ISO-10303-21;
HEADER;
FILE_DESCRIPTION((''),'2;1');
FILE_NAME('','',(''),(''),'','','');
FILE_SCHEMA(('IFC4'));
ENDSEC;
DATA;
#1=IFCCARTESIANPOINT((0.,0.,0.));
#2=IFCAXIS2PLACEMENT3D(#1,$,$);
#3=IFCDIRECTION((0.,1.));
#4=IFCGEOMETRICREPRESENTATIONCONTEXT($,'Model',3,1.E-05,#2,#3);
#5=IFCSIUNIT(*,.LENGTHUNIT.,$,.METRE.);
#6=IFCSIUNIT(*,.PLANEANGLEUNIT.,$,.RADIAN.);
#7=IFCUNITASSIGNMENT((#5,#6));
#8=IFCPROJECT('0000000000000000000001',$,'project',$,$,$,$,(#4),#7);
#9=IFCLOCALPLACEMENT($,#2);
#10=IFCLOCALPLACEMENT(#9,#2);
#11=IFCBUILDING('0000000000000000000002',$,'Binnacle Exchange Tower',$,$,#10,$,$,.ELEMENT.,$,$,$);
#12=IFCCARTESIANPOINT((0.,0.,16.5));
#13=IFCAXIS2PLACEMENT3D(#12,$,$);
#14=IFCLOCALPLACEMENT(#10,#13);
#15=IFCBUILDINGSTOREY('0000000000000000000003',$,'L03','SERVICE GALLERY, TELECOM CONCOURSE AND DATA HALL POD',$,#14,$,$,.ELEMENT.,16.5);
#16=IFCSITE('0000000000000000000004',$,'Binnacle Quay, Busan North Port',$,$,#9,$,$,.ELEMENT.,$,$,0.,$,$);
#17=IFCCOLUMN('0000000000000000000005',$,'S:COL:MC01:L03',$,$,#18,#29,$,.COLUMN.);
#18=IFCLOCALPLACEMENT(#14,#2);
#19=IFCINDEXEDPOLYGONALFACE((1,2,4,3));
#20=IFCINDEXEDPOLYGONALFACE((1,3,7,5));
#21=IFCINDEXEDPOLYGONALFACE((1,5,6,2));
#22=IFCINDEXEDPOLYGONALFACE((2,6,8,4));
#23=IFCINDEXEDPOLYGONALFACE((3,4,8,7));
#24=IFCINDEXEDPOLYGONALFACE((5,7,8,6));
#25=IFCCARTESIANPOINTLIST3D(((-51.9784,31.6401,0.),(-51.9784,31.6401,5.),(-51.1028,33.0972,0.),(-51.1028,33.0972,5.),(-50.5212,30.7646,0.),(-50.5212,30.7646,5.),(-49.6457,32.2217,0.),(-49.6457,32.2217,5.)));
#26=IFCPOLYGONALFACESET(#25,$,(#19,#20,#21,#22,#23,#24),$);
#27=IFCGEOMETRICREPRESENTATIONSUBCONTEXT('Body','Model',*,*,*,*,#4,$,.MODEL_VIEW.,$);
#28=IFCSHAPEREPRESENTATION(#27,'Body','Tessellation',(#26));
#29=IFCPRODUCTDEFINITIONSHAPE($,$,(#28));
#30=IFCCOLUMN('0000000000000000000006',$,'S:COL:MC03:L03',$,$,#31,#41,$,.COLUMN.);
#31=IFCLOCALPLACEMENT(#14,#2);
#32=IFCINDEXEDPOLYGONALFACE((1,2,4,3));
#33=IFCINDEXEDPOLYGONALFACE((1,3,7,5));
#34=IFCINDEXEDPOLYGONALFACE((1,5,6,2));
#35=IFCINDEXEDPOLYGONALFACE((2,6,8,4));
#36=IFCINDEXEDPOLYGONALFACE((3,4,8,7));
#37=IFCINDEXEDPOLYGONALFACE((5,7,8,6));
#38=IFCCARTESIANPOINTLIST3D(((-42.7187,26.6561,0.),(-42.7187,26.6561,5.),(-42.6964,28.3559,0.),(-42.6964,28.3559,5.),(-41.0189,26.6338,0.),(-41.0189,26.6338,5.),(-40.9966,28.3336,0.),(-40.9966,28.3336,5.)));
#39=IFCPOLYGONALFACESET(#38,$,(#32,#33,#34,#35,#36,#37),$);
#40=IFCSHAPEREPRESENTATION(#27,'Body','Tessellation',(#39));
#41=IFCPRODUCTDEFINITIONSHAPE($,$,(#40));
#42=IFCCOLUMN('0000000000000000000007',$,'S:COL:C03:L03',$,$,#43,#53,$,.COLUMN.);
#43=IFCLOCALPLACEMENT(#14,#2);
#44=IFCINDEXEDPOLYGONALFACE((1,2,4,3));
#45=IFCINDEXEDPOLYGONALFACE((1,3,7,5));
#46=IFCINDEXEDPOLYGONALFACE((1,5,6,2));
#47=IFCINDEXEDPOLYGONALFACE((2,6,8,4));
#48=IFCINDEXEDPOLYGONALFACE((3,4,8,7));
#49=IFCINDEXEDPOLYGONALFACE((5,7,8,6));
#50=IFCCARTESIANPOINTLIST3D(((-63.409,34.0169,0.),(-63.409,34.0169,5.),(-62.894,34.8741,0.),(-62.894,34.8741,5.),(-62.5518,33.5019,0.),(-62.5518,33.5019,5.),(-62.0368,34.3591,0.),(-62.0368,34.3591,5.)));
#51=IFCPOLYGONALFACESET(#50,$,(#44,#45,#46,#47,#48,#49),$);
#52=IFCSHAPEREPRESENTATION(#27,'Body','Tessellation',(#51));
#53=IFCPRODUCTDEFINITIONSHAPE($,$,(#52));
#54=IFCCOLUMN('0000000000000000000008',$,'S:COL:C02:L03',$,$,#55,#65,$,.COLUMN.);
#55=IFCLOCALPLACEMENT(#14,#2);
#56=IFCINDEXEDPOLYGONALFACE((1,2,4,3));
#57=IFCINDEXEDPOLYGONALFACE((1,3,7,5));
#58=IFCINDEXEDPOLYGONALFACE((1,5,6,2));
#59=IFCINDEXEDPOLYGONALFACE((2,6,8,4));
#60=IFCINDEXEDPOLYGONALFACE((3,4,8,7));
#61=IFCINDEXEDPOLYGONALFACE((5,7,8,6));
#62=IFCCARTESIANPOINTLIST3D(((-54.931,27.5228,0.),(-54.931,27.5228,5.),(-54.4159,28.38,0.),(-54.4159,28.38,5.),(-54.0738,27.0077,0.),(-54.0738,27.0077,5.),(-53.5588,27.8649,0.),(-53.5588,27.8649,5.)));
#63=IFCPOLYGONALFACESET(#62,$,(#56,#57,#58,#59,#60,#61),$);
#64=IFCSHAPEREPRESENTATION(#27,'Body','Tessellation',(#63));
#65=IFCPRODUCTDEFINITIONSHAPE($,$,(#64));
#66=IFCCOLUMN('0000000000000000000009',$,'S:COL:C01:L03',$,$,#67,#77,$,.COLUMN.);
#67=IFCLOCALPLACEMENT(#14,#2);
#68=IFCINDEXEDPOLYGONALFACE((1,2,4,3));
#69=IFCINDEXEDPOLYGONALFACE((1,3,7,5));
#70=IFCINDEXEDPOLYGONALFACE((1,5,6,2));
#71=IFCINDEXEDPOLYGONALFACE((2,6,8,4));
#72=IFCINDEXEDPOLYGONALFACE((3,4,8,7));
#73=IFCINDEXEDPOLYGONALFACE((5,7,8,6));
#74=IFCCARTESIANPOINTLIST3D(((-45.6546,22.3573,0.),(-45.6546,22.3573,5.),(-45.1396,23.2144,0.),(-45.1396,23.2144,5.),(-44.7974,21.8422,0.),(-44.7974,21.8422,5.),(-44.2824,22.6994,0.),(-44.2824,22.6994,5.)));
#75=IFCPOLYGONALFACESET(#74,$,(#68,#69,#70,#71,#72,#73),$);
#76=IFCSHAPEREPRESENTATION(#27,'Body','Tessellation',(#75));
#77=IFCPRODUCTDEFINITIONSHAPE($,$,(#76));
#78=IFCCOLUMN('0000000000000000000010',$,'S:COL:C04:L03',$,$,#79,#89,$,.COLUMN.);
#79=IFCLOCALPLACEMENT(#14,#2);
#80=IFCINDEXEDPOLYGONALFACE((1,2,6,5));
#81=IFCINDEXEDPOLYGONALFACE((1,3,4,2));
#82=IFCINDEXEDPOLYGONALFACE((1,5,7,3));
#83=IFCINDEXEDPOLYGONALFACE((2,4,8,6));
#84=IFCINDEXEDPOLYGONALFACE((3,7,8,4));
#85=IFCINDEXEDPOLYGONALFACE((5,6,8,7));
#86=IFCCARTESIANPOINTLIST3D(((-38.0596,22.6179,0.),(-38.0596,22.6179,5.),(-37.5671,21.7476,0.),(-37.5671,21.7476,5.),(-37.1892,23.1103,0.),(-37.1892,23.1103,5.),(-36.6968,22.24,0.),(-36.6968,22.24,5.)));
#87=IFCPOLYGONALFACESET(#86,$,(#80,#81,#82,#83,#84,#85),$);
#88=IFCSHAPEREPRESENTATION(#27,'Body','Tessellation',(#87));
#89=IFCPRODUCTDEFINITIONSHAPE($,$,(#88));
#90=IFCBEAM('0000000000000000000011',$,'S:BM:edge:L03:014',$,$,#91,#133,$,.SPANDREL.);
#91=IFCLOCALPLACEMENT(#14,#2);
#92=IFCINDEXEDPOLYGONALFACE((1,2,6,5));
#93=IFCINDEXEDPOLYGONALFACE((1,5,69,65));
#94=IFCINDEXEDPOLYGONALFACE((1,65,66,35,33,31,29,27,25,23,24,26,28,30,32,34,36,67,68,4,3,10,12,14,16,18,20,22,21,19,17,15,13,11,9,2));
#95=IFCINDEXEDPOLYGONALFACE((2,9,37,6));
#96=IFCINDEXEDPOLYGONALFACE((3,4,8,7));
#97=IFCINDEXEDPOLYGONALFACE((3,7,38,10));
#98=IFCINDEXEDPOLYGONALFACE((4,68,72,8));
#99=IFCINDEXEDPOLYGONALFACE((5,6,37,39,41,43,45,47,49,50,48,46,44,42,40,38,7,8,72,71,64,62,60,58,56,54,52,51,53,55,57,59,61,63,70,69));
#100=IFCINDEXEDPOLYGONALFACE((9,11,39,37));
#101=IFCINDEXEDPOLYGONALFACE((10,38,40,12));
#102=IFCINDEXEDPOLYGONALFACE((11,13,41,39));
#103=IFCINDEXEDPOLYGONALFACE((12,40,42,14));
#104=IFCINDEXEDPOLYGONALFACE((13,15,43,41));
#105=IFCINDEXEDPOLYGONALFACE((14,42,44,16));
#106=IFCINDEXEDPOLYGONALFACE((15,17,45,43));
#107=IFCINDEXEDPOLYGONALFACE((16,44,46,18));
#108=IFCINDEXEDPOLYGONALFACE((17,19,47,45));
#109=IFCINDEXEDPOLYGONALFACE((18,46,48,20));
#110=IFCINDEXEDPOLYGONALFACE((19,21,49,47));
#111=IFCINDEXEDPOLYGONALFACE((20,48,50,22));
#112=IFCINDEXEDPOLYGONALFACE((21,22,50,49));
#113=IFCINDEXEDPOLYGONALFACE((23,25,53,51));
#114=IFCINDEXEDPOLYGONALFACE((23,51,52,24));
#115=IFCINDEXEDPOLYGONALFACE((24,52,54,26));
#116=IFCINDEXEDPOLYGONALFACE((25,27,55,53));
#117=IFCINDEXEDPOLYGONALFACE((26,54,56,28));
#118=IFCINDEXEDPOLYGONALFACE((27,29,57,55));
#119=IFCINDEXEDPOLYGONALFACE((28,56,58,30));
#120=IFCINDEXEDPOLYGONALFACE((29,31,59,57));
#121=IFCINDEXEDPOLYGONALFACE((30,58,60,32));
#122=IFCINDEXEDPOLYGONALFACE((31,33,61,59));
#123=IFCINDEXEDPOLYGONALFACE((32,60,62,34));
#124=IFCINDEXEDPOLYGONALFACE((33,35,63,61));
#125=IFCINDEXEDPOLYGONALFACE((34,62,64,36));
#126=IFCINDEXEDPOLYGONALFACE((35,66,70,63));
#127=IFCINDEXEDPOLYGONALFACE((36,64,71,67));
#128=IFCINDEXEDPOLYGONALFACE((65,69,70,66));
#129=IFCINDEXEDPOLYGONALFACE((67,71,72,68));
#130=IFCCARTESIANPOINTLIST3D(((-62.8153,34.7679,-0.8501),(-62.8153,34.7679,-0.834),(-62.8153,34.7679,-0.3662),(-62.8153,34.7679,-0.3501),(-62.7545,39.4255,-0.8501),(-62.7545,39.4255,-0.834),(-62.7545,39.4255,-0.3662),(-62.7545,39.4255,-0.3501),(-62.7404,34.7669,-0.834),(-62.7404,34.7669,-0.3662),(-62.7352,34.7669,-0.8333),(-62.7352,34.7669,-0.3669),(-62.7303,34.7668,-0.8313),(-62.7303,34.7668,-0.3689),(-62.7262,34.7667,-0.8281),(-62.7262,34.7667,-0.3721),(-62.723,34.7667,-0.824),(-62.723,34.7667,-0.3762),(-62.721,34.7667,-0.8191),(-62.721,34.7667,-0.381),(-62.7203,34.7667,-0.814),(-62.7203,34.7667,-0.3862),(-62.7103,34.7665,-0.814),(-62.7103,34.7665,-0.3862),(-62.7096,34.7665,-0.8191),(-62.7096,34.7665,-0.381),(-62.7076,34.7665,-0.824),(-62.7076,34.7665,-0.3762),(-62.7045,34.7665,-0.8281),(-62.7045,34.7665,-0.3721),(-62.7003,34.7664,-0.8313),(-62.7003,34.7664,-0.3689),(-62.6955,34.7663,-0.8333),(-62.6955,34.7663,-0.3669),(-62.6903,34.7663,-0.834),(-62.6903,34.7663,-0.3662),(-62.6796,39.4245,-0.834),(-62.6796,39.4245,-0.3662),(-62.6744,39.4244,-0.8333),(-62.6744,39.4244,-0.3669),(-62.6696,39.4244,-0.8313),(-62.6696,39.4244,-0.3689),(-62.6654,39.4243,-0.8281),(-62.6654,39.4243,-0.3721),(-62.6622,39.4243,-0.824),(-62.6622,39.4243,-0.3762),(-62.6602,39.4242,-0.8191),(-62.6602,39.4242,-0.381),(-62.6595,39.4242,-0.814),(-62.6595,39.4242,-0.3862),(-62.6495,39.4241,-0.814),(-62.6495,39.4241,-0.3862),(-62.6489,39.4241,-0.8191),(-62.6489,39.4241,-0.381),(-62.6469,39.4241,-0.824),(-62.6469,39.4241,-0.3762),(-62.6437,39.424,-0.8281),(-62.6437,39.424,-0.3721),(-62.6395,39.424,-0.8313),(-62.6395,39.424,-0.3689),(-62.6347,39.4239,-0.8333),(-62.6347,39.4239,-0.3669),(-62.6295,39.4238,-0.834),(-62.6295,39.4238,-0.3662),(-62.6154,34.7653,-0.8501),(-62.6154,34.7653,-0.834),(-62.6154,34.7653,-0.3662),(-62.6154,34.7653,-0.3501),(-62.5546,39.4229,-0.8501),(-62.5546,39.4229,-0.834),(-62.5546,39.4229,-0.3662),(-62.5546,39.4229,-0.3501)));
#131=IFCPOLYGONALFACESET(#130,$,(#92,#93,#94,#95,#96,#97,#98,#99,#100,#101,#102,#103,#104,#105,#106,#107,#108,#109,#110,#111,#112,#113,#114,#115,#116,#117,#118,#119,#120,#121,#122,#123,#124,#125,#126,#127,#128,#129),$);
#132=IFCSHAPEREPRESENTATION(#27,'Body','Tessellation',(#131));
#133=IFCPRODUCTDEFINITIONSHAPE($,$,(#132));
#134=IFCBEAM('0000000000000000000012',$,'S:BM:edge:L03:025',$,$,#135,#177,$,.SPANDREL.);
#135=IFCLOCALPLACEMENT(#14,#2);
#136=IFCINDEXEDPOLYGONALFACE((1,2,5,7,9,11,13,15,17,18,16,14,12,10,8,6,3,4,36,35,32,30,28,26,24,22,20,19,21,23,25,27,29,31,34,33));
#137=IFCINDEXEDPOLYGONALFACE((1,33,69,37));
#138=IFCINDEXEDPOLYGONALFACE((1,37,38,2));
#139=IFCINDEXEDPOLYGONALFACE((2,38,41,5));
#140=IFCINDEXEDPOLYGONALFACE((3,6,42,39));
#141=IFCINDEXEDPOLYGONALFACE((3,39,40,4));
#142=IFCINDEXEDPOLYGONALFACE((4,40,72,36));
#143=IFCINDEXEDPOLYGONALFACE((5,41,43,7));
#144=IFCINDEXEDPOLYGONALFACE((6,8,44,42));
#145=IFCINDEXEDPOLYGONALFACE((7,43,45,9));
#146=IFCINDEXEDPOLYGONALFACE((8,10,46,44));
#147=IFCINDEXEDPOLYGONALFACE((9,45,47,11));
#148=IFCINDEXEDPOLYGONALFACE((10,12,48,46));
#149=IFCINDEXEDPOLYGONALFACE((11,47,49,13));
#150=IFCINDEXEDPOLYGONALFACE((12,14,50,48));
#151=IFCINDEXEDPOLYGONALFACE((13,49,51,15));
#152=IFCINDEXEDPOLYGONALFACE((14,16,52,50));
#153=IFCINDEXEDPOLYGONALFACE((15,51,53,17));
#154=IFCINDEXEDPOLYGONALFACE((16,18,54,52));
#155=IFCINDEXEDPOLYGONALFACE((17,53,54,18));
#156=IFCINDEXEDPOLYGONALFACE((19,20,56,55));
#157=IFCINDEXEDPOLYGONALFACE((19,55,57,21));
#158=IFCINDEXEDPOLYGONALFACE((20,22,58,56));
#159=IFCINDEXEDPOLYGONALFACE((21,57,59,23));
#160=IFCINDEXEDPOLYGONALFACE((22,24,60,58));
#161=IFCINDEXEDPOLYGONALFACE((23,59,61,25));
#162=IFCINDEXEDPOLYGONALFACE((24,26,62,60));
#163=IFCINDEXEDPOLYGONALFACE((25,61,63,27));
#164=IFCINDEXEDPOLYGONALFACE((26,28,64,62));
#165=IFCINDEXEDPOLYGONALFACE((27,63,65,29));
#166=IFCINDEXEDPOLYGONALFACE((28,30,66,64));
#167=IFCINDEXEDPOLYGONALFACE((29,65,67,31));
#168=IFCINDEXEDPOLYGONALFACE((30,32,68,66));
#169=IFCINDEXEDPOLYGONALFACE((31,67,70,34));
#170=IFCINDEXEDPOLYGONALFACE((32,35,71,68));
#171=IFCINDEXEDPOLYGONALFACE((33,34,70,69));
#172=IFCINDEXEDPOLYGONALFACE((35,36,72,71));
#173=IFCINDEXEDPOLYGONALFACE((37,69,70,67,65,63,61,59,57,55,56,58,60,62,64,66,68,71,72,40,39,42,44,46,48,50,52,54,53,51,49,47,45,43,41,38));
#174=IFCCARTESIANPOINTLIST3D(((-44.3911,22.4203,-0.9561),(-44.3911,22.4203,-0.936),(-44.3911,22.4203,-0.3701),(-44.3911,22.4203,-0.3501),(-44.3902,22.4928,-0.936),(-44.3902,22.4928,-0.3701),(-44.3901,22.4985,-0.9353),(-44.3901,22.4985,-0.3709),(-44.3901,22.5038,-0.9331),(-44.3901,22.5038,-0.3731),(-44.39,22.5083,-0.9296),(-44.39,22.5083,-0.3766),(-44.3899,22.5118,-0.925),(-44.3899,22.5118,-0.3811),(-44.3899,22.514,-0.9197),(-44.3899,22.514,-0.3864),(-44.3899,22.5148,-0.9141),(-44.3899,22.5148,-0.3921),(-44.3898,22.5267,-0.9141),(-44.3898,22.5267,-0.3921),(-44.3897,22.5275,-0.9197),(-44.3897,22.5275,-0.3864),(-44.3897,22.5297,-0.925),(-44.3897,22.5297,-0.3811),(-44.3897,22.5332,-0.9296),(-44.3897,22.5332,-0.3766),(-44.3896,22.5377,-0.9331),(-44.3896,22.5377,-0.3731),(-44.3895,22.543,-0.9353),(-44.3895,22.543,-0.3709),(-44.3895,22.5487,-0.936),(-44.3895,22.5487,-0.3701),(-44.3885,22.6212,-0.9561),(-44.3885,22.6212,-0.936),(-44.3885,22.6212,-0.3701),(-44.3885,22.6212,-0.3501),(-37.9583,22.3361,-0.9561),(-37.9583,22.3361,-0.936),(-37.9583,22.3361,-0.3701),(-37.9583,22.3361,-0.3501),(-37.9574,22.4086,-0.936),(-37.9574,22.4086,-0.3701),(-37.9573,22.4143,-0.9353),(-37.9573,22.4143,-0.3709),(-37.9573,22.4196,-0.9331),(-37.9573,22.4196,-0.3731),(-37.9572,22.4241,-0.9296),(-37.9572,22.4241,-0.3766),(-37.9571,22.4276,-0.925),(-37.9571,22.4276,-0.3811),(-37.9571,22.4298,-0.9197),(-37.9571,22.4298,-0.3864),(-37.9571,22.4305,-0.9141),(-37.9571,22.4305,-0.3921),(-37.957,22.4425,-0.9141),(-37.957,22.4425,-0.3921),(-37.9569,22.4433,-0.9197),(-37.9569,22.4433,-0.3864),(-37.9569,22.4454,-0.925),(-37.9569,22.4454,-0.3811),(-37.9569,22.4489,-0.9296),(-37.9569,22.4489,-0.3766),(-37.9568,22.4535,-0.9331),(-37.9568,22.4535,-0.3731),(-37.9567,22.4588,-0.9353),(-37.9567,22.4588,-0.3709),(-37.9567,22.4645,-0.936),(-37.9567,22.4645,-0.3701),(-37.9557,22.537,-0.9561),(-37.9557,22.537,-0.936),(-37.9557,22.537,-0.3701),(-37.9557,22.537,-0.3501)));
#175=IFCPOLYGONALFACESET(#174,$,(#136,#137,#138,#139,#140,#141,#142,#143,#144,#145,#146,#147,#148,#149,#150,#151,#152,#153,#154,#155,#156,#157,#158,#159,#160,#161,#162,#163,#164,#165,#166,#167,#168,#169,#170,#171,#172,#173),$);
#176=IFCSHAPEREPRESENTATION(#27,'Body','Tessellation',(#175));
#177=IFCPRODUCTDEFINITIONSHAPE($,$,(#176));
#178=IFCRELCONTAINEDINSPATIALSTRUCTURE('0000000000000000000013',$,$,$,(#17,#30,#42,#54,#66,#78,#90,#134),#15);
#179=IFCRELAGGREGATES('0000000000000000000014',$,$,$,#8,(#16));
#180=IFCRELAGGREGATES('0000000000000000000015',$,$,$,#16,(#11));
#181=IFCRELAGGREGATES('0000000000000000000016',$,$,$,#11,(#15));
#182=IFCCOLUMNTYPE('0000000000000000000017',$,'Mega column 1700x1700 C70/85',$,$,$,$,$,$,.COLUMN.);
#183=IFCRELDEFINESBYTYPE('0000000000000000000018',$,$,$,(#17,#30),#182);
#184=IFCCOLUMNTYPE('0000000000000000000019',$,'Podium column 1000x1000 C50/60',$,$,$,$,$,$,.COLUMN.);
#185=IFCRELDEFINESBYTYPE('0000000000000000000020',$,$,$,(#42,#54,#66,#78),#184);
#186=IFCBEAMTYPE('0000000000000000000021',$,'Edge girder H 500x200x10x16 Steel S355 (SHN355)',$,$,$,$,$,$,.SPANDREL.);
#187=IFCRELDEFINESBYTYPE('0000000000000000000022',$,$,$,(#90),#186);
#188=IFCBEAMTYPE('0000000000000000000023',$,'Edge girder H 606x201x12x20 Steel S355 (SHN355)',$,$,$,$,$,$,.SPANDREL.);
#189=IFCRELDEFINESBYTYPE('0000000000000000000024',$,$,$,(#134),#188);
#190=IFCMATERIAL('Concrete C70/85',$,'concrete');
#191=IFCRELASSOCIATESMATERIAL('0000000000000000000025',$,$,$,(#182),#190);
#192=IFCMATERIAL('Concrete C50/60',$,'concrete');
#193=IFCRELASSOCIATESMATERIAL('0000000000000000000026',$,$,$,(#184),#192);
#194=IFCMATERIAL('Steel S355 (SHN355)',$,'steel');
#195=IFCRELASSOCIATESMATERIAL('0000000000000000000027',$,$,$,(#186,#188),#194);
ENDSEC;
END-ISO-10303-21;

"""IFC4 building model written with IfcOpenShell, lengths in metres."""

from ifc_helpers import new_model, si_unit, direction, frame, origin, origin_2d, place, context, subcontext, project, spatial, rectangle, i_section, extrude, material, material_profile, profile_set, type_object, element, save


model = new_model("IFC4")

# Units and contexts
model_context = context("Model", 3, precision=1e-05, world=origin(), true_north=direction((0.0, 1.0)))
body_context = subcontext(model_context, "Body", "Model", "MODEL_VIEW")
ifc_project = project(units=[si_unit("LENGTHUNIT", "METRE"), si_unit("PLANEANGLEUNIT", "RADIAN")], contexts=[model_context])

# Site, building, storey
site_placement = place(None, origin())
site = spatial("IfcSite", under=ifc_project, at=site_placement, Name="Binnacle Quay, Busan North Port", CompositionType="ELEMENT", RefElevation=0.0)
building_placement = place(site_placement, origin())
building = spatial("IfcBuilding", under=site, at=building_placement, Name="Binnacle Exchange Tower", CompositionType="ELEMENT")
storey_placement = place(building_placement, frame((0.0, 0.0, 16.5)))
storey = spatial("IfcBuildingStorey", under=building, at=storey_placement, Name="L03", Description="SERVICE GALLERY, TELECOM CONCOURSE AND DATA HALL POD", CompositionType="ELEMENT", Elevation=16.5)

# Columns
ifc_material_1 = material(Name="Concrete C70/85", Category="concrete")
ifc_material_profile_1 = material_profile(ifc_material_1, rectangle(XDim=1.7, YDim=1.7, at=origin_2d()), Name="Mega column 1700x1700 C70/85")
ifc_profile_set_1 = profile_set([ifc_material_profile_1], Name="Concrete C70/85")
column_type_1 = type_object("IfcColumnType", Name="Mega column 1700x1700 C70/85", PredefinedType="COLUMN", material=ifc_profile_set_1)
for number, where, z_axis, x_axis, name in (
    (1, (-50.812, 31.9309, 0.0), (0.0, 0.0, 1.0), (0.857167, -0.515038, 0.0), "S:COL:MC01:L03"),
    (2, (-41.8577, 27.4949, 0.0), (0.0, 0.0, 1.0), (0.999914, -0.01309, 0.0), "S:COL:MC03:L03"),
):
    element("IfcColumn", number, at=place(storey_placement, frame(where, z_axis=z_axis, x_axis=x_axis)), inside=storey, type_object=column_type_1, Name=name, PredefinedType="COLUMN", context=body_context, shape_type="SweptSolid", body=[
        extrude(rectangle(XDim=1.7, YDim=1.7, at=origin_2d()), origin(), (0.0, 0.0, 1.0), 5.0),
    ])
ifc_material_2 = material(Name="Concrete C50/60", Category="concrete")
ifc_material_profile_2 = material_profile(ifc_material_2, rectangle(XDim=1.0, YDim=1.0, at=origin_2d()), Name="Podium column 1000x1000 C50/60")
ifc_profile_set_2 = profile_set([ifc_material_profile_2], Name="Concrete C50/60")
column_type_2 = type_object("IfcColumnType", Name="Podium column 1000x1000 C50/60", PredefinedType="COLUMN", material=ifc_profile_set_2)
for number, where, z_axis, x_axis, name in (
    (3, (-62.7229, 34.188, 0.0), (0.0, 0.0, 1.0), (0.857167, -0.515038, 0.0), "S:COL:C03:L03"),
    (4, (-54.2449, 27.6938, 0.0), (0.0, 0.0, 1.0), (0.857167, -0.515038, 0.0), "S:COL:C02:L03"),
    (5, (-44.9685, 22.5283, 0.0), (0.0, 0.0, 1.0), (0.857167, -0.515038, 0.0), "S:COL:C01:L03"),
    (6, (-37.3782, 22.429, 0.0), (0.0, 0.0, 1.0), (0.870356, 0.492424, 0.0), "S:COL:C04:L03"),
):
    element("IfcColumn", number, at=place(storey_placement, frame(where, z_axis=z_axis, x_axis=x_axis)), inside=storey, type_object=column_type_2, Name=name, PredefinedType="COLUMN", context=body_context, shape_type="SweptSolid", body=[
        extrude(rectangle(XDim=1.0, YDim=1.0, at=origin_2d()), origin(), (0.0, 0.0, 1.0), 5.0),
    ])

# Beams
ifc_material_3 = material(Name="Steel S355 (SHN355)", Category="steel")
ifc_material_profile_3 = material_profile(ifc_material_3, i_section(OverallWidth=0.2, OverallDepth=0.5, WebThickness=0.01, FlangeThickness=0.0161, FilletRadius=0.02, at=origin_2d()), Name="H 500x200x10x16")
ifc_profile_set_3 = profile_set([ifc_material_profile_3], Name="Steel S355 (SHN355)")
beam_type_1 = type_object("IfcBeamType", Name="Edge girder H 500x200x10x16 Steel S355 (SHN355)", PredefinedType="SPANDREL", material=ifc_profile_set_3)
beam_1_placement = place(storey_placement, frame((-62.7153, 34.7666, -0.6001), z_axis=(0.013051, 0.999915, 0.0), x_axis=(-0.999915, 0.013051, 0.0)))
element("IfcBeam", 7, at=beam_1_placement, inside=storey, type_object=beam_type_1, Name="S:BM:edge:L03:014", PredefinedType="SPANDREL", context=body_context, shape_type="SweptSolid", body=[
    extrude(i_section(OverallWidth=0.2, OverallDepth=0.5, WebThickness=0.01, FlangeThickness=0.0161, FilletRadius=0.02, at=origin_2d()), origin(), (0.0, 0.0, 1.0), 4.658),
])
ifc_material_profile_4 = material_profile(ifc_material_3, i_section(OverallWidth=0.2009, OverallDepth=0.606, WebThickness=0.012, FlangeThickness=0.02, FilletRadius=0.022, at=origin_2d()), Name="H 606x201x12x20")
ifc_profile_set_4 = profile_set([ifc_material_profile_4], Name="Steel S355 (SHN355)")
beam_type_2 = type_object("IfcBeamType", Name="Edge girder H 606x201x12x20 Steel S355 (SHN355)", PredefinedType="SPANDREL", material=ifc_profile_set_4)
beam_2_placement = place(storey_placement, frame((-37.957, 22.4365, -0.6531), z_axis=(-0.999914, 0.013092, 0.0), x_axis=(-0.013092, -0.999914, 0.0)))
element("IfcBeam", 8, at=beam_2_placement, inside=storey, type_object=beam_type_2, Name="S:BM:edge:L03:025", PredefinedType="SPANDREL", context=body_context, shape_type="SweptSolid", body=[
    extrude(i_section(OverallWidth=0.2009, OverallDepth=0.606, WebThickness=0.012, FlangeThickness=0.02, FilletRadius=0.022, at=origin_2d()), origin(), (0.0, 0.0, 1.0), 6.4333),
])

save(model, "model.ifc")
